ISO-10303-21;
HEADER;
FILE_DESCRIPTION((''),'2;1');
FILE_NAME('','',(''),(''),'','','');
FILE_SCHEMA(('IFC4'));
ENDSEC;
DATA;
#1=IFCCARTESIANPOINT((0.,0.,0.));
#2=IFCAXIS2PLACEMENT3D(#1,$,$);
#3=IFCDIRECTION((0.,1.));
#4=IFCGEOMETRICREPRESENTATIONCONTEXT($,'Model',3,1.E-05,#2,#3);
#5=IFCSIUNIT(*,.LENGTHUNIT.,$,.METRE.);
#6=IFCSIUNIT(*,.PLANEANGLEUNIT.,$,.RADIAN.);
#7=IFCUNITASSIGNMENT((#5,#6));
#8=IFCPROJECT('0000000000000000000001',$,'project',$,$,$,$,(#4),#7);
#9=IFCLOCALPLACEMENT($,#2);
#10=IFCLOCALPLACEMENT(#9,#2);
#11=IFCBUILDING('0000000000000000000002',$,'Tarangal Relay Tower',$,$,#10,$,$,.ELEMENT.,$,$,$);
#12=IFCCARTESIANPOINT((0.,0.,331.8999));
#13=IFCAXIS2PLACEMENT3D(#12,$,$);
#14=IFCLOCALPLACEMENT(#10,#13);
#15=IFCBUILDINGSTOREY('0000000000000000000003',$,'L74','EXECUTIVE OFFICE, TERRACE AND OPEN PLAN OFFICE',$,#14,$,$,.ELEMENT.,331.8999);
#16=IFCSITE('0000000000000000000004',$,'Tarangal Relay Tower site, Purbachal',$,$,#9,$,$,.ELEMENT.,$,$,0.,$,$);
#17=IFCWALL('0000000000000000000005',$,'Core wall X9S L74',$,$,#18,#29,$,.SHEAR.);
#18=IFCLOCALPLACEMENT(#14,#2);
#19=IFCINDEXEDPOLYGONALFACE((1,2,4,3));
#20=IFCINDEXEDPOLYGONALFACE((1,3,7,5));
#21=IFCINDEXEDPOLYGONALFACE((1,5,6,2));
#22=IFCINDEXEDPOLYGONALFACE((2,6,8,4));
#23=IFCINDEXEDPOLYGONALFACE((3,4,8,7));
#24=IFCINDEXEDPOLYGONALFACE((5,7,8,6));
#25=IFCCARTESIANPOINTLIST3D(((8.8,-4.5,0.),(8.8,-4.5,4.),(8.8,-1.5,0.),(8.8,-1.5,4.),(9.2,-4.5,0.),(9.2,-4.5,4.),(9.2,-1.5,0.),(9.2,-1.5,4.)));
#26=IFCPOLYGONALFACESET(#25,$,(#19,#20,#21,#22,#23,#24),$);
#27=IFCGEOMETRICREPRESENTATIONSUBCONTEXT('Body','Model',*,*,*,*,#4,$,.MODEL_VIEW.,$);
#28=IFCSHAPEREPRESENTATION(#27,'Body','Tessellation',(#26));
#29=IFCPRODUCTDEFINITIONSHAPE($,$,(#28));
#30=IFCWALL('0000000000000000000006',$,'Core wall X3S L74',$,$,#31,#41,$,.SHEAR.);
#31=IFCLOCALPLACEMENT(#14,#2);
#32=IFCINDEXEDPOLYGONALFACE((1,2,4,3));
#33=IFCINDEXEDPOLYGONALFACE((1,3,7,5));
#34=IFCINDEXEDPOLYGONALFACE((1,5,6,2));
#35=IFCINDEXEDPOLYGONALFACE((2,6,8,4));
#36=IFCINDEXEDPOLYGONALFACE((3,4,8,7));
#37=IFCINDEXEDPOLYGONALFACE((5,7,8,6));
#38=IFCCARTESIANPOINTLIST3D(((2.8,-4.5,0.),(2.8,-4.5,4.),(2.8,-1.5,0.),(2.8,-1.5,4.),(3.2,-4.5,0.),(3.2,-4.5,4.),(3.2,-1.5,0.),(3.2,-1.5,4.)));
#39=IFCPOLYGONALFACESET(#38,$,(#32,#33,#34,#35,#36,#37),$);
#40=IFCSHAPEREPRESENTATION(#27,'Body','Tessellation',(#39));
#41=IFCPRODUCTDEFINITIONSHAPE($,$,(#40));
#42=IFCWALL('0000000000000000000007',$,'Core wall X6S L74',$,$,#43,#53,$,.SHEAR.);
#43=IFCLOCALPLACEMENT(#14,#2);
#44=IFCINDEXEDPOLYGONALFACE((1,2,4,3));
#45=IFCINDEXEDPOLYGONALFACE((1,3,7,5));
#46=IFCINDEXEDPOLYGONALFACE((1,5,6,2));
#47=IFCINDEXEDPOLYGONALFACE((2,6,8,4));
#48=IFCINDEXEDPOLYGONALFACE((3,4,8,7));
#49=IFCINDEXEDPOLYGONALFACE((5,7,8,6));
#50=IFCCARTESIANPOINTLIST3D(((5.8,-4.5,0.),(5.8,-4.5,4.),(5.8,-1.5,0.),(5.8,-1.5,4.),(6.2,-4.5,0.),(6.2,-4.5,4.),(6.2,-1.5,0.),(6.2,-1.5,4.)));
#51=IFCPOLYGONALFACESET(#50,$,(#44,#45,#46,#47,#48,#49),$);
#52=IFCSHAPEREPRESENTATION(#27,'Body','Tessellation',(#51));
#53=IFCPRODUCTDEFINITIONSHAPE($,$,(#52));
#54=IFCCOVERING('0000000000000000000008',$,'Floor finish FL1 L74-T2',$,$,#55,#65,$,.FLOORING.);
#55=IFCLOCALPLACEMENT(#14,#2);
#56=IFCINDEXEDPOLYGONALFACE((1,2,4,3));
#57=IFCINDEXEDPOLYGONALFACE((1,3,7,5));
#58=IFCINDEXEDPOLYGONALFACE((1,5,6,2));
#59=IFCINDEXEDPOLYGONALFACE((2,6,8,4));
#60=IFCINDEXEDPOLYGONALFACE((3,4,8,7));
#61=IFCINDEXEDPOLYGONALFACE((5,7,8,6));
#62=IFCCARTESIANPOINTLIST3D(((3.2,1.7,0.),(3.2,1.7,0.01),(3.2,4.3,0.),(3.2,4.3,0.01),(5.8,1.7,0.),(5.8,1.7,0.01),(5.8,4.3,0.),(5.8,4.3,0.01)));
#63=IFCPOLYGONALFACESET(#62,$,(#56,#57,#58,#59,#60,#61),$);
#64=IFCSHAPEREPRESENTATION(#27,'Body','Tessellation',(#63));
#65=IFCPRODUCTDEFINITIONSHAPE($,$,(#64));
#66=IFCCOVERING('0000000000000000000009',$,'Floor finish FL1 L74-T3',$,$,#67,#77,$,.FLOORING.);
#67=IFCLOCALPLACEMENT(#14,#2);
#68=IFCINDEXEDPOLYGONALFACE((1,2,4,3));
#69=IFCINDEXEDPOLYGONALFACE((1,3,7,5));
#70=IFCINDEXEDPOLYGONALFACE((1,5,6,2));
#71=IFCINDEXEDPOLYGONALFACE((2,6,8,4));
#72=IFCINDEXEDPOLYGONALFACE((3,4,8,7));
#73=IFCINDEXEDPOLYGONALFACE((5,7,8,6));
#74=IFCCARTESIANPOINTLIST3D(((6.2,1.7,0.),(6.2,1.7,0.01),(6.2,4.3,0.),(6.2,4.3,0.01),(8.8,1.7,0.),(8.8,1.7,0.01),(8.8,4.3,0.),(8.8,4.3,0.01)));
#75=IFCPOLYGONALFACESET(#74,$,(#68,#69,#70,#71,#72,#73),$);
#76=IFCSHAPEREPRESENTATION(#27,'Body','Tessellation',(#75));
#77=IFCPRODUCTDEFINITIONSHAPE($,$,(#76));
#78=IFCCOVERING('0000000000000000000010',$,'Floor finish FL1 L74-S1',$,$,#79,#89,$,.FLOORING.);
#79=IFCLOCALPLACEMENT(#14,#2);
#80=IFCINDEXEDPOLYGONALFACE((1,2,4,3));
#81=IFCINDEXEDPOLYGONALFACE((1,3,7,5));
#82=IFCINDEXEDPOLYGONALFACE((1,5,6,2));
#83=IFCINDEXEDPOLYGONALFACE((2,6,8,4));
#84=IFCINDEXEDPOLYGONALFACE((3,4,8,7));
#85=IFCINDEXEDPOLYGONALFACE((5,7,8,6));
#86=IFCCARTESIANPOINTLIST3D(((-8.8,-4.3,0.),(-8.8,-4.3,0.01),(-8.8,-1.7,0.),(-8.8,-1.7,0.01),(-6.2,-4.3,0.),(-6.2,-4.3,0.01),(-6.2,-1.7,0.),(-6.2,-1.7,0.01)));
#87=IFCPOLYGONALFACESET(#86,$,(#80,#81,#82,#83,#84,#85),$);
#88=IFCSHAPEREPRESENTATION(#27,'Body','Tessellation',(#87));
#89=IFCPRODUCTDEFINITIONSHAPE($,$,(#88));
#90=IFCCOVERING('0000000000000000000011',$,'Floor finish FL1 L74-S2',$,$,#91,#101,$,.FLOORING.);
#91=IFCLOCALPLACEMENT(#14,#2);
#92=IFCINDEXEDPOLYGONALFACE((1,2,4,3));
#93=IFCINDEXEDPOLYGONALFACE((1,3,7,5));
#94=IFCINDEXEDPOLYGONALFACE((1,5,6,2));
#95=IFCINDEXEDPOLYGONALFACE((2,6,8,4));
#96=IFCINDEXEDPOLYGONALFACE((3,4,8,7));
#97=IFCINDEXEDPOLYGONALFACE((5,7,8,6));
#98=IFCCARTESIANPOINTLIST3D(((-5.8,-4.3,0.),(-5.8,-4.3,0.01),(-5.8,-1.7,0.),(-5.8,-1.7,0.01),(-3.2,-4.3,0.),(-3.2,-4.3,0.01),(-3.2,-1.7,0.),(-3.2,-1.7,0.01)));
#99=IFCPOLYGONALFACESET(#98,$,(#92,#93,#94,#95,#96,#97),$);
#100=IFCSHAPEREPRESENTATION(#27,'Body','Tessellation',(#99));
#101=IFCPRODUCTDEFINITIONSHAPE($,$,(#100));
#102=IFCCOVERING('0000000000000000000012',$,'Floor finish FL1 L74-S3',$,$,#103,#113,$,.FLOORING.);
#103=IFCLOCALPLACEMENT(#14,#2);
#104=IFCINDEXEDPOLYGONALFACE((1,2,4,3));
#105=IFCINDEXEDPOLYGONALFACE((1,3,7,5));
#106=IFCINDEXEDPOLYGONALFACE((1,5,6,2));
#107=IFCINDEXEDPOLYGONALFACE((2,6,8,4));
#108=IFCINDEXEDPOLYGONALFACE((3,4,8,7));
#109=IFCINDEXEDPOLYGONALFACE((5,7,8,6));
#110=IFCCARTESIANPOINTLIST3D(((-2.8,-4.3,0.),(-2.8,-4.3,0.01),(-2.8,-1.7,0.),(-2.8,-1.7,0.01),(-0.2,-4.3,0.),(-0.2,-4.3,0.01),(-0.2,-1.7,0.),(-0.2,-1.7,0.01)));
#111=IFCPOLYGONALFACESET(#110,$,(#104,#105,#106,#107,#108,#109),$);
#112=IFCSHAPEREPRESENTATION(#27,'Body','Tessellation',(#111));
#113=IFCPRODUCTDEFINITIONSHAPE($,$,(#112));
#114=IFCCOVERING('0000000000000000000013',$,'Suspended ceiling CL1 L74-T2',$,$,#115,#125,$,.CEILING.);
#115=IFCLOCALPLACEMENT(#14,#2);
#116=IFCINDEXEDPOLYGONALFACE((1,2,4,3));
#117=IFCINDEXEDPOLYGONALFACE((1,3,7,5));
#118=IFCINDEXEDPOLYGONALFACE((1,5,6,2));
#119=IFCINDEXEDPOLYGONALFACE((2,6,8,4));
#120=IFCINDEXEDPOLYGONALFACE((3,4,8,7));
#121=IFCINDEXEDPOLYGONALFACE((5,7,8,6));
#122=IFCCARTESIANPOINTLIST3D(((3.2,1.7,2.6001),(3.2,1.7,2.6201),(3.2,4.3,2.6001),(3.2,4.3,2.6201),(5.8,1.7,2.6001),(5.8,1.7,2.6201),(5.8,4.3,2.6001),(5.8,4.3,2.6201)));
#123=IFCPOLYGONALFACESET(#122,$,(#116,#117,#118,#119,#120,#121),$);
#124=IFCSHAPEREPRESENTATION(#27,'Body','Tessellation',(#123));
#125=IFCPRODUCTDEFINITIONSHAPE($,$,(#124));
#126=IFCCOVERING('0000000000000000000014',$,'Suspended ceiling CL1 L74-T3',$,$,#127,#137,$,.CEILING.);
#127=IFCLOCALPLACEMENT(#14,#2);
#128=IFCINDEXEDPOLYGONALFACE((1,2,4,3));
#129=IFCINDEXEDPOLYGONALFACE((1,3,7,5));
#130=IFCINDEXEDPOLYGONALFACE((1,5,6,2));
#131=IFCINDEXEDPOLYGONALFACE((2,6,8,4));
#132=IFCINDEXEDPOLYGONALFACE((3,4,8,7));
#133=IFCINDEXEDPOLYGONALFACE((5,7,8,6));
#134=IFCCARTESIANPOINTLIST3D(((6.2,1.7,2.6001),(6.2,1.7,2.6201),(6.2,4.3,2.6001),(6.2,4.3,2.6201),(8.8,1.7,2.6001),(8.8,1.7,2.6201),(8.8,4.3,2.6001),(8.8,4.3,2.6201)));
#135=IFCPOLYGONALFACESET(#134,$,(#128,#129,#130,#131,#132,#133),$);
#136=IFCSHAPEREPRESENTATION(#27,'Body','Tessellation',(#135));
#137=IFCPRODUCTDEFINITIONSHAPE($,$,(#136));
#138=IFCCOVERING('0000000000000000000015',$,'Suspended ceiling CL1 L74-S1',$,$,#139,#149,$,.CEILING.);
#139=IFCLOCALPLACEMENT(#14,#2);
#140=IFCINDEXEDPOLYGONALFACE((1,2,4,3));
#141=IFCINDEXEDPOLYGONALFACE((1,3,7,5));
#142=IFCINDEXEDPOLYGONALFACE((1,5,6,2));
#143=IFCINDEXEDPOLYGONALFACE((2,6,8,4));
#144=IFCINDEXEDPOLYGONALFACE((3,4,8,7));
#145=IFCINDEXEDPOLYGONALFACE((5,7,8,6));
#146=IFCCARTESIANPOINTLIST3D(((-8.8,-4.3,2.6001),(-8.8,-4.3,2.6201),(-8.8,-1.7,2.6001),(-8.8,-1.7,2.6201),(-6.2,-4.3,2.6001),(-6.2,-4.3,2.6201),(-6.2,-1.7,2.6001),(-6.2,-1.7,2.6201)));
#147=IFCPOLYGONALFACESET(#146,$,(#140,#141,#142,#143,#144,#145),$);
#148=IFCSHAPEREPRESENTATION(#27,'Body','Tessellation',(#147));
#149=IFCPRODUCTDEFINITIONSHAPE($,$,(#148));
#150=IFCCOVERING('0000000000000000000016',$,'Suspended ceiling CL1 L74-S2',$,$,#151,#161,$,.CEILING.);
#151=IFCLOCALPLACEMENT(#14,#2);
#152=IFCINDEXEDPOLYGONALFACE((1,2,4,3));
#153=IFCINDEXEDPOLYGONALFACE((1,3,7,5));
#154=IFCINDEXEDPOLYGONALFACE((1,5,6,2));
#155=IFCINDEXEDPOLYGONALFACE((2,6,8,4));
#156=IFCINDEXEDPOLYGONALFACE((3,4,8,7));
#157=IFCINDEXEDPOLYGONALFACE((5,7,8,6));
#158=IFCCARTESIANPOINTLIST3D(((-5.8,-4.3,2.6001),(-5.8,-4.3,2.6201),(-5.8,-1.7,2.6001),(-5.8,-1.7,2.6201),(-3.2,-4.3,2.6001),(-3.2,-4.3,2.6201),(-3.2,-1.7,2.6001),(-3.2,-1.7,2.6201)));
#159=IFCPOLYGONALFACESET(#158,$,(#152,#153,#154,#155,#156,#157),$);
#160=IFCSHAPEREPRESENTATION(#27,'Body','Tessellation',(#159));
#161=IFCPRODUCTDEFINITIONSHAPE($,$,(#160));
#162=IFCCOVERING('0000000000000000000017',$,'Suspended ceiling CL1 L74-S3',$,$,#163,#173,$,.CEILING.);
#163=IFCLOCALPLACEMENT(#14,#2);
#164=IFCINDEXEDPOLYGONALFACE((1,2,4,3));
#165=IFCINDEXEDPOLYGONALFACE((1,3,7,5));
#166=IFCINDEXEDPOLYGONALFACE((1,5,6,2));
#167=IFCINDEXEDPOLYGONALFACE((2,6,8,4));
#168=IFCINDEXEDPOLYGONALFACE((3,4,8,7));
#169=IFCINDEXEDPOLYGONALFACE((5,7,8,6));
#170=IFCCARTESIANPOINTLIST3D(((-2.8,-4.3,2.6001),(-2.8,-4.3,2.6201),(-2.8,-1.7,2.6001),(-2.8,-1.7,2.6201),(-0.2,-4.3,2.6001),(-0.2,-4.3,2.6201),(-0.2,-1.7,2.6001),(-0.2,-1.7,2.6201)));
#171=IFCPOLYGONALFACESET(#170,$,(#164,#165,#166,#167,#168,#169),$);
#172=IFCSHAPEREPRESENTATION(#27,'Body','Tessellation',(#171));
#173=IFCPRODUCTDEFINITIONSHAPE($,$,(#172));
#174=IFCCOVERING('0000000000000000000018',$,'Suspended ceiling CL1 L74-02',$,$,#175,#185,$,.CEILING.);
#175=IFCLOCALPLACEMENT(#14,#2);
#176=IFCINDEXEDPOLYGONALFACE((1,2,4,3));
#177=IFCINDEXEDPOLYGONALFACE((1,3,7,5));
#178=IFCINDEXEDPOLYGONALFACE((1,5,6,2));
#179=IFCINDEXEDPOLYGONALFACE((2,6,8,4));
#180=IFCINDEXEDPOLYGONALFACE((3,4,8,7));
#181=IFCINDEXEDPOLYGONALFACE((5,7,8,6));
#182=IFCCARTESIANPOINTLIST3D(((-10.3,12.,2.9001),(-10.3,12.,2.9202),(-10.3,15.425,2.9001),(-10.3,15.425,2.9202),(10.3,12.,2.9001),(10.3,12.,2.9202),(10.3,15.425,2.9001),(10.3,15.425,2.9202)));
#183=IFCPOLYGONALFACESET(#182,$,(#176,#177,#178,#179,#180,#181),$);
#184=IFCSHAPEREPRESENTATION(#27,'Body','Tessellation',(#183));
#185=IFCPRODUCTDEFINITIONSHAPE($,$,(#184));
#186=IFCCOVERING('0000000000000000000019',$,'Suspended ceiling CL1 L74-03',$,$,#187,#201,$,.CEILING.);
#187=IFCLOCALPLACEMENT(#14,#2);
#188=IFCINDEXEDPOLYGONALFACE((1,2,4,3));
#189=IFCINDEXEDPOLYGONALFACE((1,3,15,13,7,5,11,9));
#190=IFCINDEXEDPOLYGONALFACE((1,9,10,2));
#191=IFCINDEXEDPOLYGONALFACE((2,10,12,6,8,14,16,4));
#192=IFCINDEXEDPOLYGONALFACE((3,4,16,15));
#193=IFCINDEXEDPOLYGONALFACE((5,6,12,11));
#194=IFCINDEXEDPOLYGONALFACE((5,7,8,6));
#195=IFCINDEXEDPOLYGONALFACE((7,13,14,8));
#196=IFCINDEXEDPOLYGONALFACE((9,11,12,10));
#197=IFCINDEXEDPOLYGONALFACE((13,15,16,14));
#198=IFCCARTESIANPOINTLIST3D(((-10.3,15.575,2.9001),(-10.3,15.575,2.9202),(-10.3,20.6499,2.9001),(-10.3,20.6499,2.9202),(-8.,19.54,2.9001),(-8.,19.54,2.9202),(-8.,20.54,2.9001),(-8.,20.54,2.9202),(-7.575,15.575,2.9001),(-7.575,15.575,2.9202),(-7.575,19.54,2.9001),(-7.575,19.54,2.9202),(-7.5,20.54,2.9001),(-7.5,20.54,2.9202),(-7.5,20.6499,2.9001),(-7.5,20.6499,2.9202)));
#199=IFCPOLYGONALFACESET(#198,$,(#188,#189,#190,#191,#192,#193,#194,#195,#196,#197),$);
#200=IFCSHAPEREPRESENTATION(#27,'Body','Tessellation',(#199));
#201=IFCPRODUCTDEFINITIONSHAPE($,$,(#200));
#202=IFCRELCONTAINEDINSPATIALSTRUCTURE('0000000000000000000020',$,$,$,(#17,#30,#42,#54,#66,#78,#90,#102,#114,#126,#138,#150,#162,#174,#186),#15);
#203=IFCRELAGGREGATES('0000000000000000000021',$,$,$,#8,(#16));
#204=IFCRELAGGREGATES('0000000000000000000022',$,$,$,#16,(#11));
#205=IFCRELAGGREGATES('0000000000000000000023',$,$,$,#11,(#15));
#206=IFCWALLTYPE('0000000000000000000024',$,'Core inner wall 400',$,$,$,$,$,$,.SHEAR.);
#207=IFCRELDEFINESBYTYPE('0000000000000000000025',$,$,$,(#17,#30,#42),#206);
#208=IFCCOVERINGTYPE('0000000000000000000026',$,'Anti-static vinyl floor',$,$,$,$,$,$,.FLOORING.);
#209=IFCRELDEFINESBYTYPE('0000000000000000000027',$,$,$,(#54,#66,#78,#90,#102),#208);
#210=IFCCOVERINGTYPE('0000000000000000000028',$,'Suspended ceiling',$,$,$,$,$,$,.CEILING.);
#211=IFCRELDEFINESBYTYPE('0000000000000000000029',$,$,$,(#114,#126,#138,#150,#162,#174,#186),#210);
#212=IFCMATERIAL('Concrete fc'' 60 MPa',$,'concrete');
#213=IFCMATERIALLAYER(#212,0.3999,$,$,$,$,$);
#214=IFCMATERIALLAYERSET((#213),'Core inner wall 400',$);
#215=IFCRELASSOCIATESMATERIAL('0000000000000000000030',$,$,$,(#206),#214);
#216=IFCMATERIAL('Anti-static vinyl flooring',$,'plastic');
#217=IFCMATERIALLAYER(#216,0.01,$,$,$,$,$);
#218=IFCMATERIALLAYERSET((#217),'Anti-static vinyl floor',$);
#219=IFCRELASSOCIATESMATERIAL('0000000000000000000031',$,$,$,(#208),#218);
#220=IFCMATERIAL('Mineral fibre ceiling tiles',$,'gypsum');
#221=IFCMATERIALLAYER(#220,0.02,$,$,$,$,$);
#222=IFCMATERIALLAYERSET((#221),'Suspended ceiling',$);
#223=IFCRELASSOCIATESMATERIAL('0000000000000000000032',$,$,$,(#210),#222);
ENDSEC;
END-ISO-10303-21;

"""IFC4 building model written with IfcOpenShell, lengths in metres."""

from ifc_helpers import new_model, si_unit, direction, frame, frame_2d, origin, place, context, subcontext, project, spatial, polyline, rectangle, outline, extrude, material, layer, layer_set, type_object, element, save


model = new_model("IFC4")

# Units and contexts
model_context = context("Model", 3, precision=1e-05, world=origin(), true_north=direction((0.0, 1.0)))
body_context = subcontext(model_context, "Body", "Model", "MODEL_VIEW")
ifc_project = project(units=[si_unit("LENGTHUNIT", "METRE"), si_unit("PLANEANGLEUNIT", "RADIAN")], contexts=[model_context])

# Site, building, storey
site_placement = place(None, origin())
site = spatial("IfcSite", under=ifc_project, at=site_placement, Name="Tarangal Relay Tower site, Purbachal", CompositionType="ELEMENT", RefElevation=0.0)
building_placement = place(site_placement, origin())
building = spatial("IfcBuilding", under=site, at=building_placement, Name="Tarangal Relay Tower", CompositionType="ELEMENT")
storey_placement = place(building_placement, frame((0.0, 0.0, 331.8999)))
storey = spatial("IfcBuildingStorey", under=building, at=storey_placement, Name="L74", Description="EXECUTIVE OFFICE, TERRACE AND OPEN PLAN OFFICE", CompositionType="ELEMENT", Elevation=331.8999)

# Walls
ifc_material_1 = material(Name="Concrete fc' 60 MPa", Category="concrete")
ifc_layer_1 = layer(ifc_material_1, 0.3999)
ifc_layer_set_1 = layer_set([ifc_layer_1], Name="Core inner wall 400")
wall_type = type_object("IfcWallType", Name="Core inner wall 400", PredefinedType="SHEAR", material=ifc_layer_set_1)
for number, where, z_axis, x_axis, name in (
    (1, (9.0, -4.5, 0.0), (0.0, 0.0, 1.0), (0.0, 1.0, 0.0), "Core wall X9S L74"),
    (2, (3.0, -4.5, 0.0), (0.0, 0.0, 1.0), (0.0, 1.0, 0.0), "Core wall X3S L74"),
    (3, (6.0, -4.5, 0.0), (0.0, 0.0, 1.0), (0.0, 1.0, 0.0), "Core wall X6S L74"),
):
    element("IfcWall", number, at=place(storey_placement, frame(where, z_axis=z_axis, x_axis=x_axis)), inside=storey, type_object=wall_type, Name=name, PredefinedType="SHEAR", context=body_context, shape_type="SweptSolid", body=[
        extrude(rectangle(XDim=3.0, YDim=0.3999, at=frame_2d((1.5, 0.0))), origin(), (0.0, 0.0, 1.0), 4.0),
    ])

# Coverings
ifc_material_2 = material(Name="Anti-static vinyl flooring", Category="plastic")
ifc_layer_2 = layer(ifc_material_2, 0.01)
ifc_layer_set_2 = layer_set([ifc_layer_2], Name="Anti-static vinyl floor")
covering_type_1 = type_object("IfcCoveringType", Name="Anti-static vinyl floor", PredefinedType="FLOORING", material=ifc_layer_set_2)
covering_1_placement = place(storey_placement, origin())
element("IfcCovering", 4, at=covering_1_placement, inside=storey, type_object=covering_type_1, Name="Floor finish FL1 L74-T2", PredefinedType="FLOORING", context=body_context, shape_type="SweptSolid", body=[
    extrude(outline(polyline([(3.2, 1.7), (5.8, 1.7), (5.8, 4.3), (3.2, 4.3), (3.2, 1.7)])), origin(), (0.0, 0.0, 1.0), 0.01),
])
covering_2_placement = place(storey_placement, origin())
element("IfcCovering", 5, at=covering_2_placement, inside=storey, type_object=covering_type_1, Name="Floor finish FL1 L74-T3", PredefinedType="FLOORING", context=body_context, shape_type="SweptSolid", body=[
    extrude(outline(polyline([(6.2, 1.7), (8.8, 1.7), (8.8, 4.3), (6.2, 4.3), (6.2, 1.7)])), origin(), (0.0, 0.0, 1.0), 0.01),
])
covering_3_placement = place(storey_placement, origin())
element("IfcCovering", 6, at=covering_3_placement, inside=storey, type_object=covering_type_1, Name="Floor finish FL1 L74-S1", PredefinedType="FLOORING", context=body_context, shape_type="SweptSolid", body=[
    extrude(outline(polyline([(-8.8, -4.3), (-6.2, -4.3), (-6.2, -1.7), (-8.8, -1.7), (-8.8, -4.3)])), origin(), (0.0, 0.0, 1.0), 0.01),
])
covering_4_placement = place(storey_placement, origin())
element("IfcCovering", 7, at=covering_4_placement, inside=storey, type_object=covering_type_1, Name="Floor finish FL1 L74-S2", PredefinedType="FLOORING", context=body_context, shape_type="SweptSolid", body=[
    extrude(outline(polyline([(-5.8, -4.3), (-3.2, -4.3), (-3.2, -1.7), (-5.8, -1.7), (-5.8, -4.3)])), origin(), (0.0, 0.0, 1.0), 0.01),
])
covering_5_placement = place(storey_placement, origin())
element("IfcCovering", 8, at=covering_5_placement, inside=storey, type_object=covering_type_1, Name="Floor finish FL1 L74-S3", PredefinedType="FLOORING", context=body_context, shape_type="SweptSolid", body=[
    extrude(outline(polyline([(-2.8, -4.3), (-0.2, -4.3), (-0.2, -1.7), (-2.8, -1.7), (-2.8, -4.3)])), origin(), (0.0, 0.0, 1.0), 0.01),
])
ifc_material_3 = material(Name="Mineral fibre ceiling tiles", Category="gypsum")
ifc_layer_3 = layer(ifc_material_3, 0.02)
ifc_layer_set_3 = layer_set([ifc_layer_3], Name="Suspended ceiling")
covering_type_2 = type_object("IfcCoveringType", Name="Suspended ceiling", PredefinedType="CEILING", material=ifc_layer_set_3)
covering_6_placement = place(storey_placement, frame((0.0, 0.0, 2.6001)))
element("IfcCovering", 9, at=covering_6_placement, inside=storey, type_object=covering_type_2, Name="Suspended ceiling CL1 L74-T2", PredefinedType="CEILING", context=body_context, shape_type="SweptSolid", body=[
    extrude(outline(polyline([(3.2, 1.7), (5.8, 1.7), (5.8, 4.3), (3.2, 4.3), (3.2, 1.7)])), origin(), (0.0, 0.0, 1.0), 0.02),
])
covering_7_placement = place(storey_placement, frame((0.0, 0.0, 2.6001)))
element("IfcCovering", 10, at=covering_7_placement, inside=storey, type_object=covering_type_2, Name="Suspended ceiling CL1 L74-T3", PredefinedType="CEILING", context=body_context, shape_type="SweptSolid", body=[
    extrude(outline(polyline([(6.2, 1.7), (8.8, 1.7), (8.8, 4.3), (6.2, 4.3), (6.2, 1.7)])), origin(), (0.0, 0.0, 1.0), 0.02),
])
covering_8_placement = place(storey_placement, frame((0.0, 0.0, 2.6001)))
element("IfcCovering", 11, at=covering_8_placement, inside=storey, type_object=covering_type_2, Name="Suspended ceiling CL1 L74-S1", PredefinedType="CEILING", context=body_context, shape_type="SweptSolid", body=[
    extrude(outline(polyline([(-8.8, -4.3), (-6.2, -4.3), (-6.2, -1.7), (-8.8, -1.7), (-8.8, -4.3)])), origin(), (0.0, 0.0, 1.0), 0.02),
])
covering_9_placement = place(storey_placement, frame((0.0, 0.0, 2.6001)))
element("IfcCovering", 12, at=covering_9_placement, inside=storey, type_object=covering_type_2, Name="Suspended ceiling CL1 L74-S2", PredefinedType="CEILING", context=body_context, shape_type="SweptSolid", body=[
    extrude(outline(polyline([(-5.8, -4.3), (-3.2, -4.3), (-3.2, -1.7), (-5.8, -1.7), (-5.8, -4.3)])), origin(), (0.0, 0.0, 1.0), 0.02),
])
covering_10_placement = place(storey_placement, frame((0.0, 0.0, 2.6001)))
element("IfcCovering", 13, at=covering_10_placement, inside=storey, type_object=covering_type_2, Name="Suspended ceiling CL1 L74-S3", PredefinedType="CEILING", context=body_context, shape_type="SweptSolid", body=[
    extrude(outline(polyline([(-2.8, -4.3), (-0.2, -4.3), (-0.2, -1.7), (-2.8, -1.7), (-2.8, -4.3)])), origin(), (0.0, 0.0, 1.0), 0.02),
])
covering_11_placement = place(storey_placement, frame((0.0, 0.0, 2.9001)))
element("IfcCovering", 14, at=covering_11_placement, inside=storey, type_object=covering_type_2, Name="Suspended ceiling CL1 L74-02", PredefinedType="CEILING", context=body_context, shape_type="SweptSolid", body=[
    extrude(outline(polyline([(10.3, 15.425), (-10.3, 15.425), (-10.3, 12.0), (10.3, 12.0), (10.3, 15.425)])), origin(), (0.0, 0.0, 1.0), 0.02),
])
covering_12_placement = place(storey_placement, frame((0.0, 0.0, 2.9001)))
element("IfcCovering", 15, at=covering_12_placement, inside=storey, type_object=covering_type_2, Name="Suspended ceiling CL1 L74-03", PredefinedType="CEILING", context=body_context, shape_type="SweptSolid", body=[
    extrude(outline(polyline([(-7.5, 20.6499), (-10.3, 20.6499), (-10.3, 15.575), (-7.575, 15.575), (-7.575, 19.54), (-8.0, 19.54), (-8.0, 20.54), (-7.5, 20.54), (-7.5, 20.6499)])), origin(), (0.0, 0.0, 1.0), 0.02),
])

save(model, "model.ifc")
